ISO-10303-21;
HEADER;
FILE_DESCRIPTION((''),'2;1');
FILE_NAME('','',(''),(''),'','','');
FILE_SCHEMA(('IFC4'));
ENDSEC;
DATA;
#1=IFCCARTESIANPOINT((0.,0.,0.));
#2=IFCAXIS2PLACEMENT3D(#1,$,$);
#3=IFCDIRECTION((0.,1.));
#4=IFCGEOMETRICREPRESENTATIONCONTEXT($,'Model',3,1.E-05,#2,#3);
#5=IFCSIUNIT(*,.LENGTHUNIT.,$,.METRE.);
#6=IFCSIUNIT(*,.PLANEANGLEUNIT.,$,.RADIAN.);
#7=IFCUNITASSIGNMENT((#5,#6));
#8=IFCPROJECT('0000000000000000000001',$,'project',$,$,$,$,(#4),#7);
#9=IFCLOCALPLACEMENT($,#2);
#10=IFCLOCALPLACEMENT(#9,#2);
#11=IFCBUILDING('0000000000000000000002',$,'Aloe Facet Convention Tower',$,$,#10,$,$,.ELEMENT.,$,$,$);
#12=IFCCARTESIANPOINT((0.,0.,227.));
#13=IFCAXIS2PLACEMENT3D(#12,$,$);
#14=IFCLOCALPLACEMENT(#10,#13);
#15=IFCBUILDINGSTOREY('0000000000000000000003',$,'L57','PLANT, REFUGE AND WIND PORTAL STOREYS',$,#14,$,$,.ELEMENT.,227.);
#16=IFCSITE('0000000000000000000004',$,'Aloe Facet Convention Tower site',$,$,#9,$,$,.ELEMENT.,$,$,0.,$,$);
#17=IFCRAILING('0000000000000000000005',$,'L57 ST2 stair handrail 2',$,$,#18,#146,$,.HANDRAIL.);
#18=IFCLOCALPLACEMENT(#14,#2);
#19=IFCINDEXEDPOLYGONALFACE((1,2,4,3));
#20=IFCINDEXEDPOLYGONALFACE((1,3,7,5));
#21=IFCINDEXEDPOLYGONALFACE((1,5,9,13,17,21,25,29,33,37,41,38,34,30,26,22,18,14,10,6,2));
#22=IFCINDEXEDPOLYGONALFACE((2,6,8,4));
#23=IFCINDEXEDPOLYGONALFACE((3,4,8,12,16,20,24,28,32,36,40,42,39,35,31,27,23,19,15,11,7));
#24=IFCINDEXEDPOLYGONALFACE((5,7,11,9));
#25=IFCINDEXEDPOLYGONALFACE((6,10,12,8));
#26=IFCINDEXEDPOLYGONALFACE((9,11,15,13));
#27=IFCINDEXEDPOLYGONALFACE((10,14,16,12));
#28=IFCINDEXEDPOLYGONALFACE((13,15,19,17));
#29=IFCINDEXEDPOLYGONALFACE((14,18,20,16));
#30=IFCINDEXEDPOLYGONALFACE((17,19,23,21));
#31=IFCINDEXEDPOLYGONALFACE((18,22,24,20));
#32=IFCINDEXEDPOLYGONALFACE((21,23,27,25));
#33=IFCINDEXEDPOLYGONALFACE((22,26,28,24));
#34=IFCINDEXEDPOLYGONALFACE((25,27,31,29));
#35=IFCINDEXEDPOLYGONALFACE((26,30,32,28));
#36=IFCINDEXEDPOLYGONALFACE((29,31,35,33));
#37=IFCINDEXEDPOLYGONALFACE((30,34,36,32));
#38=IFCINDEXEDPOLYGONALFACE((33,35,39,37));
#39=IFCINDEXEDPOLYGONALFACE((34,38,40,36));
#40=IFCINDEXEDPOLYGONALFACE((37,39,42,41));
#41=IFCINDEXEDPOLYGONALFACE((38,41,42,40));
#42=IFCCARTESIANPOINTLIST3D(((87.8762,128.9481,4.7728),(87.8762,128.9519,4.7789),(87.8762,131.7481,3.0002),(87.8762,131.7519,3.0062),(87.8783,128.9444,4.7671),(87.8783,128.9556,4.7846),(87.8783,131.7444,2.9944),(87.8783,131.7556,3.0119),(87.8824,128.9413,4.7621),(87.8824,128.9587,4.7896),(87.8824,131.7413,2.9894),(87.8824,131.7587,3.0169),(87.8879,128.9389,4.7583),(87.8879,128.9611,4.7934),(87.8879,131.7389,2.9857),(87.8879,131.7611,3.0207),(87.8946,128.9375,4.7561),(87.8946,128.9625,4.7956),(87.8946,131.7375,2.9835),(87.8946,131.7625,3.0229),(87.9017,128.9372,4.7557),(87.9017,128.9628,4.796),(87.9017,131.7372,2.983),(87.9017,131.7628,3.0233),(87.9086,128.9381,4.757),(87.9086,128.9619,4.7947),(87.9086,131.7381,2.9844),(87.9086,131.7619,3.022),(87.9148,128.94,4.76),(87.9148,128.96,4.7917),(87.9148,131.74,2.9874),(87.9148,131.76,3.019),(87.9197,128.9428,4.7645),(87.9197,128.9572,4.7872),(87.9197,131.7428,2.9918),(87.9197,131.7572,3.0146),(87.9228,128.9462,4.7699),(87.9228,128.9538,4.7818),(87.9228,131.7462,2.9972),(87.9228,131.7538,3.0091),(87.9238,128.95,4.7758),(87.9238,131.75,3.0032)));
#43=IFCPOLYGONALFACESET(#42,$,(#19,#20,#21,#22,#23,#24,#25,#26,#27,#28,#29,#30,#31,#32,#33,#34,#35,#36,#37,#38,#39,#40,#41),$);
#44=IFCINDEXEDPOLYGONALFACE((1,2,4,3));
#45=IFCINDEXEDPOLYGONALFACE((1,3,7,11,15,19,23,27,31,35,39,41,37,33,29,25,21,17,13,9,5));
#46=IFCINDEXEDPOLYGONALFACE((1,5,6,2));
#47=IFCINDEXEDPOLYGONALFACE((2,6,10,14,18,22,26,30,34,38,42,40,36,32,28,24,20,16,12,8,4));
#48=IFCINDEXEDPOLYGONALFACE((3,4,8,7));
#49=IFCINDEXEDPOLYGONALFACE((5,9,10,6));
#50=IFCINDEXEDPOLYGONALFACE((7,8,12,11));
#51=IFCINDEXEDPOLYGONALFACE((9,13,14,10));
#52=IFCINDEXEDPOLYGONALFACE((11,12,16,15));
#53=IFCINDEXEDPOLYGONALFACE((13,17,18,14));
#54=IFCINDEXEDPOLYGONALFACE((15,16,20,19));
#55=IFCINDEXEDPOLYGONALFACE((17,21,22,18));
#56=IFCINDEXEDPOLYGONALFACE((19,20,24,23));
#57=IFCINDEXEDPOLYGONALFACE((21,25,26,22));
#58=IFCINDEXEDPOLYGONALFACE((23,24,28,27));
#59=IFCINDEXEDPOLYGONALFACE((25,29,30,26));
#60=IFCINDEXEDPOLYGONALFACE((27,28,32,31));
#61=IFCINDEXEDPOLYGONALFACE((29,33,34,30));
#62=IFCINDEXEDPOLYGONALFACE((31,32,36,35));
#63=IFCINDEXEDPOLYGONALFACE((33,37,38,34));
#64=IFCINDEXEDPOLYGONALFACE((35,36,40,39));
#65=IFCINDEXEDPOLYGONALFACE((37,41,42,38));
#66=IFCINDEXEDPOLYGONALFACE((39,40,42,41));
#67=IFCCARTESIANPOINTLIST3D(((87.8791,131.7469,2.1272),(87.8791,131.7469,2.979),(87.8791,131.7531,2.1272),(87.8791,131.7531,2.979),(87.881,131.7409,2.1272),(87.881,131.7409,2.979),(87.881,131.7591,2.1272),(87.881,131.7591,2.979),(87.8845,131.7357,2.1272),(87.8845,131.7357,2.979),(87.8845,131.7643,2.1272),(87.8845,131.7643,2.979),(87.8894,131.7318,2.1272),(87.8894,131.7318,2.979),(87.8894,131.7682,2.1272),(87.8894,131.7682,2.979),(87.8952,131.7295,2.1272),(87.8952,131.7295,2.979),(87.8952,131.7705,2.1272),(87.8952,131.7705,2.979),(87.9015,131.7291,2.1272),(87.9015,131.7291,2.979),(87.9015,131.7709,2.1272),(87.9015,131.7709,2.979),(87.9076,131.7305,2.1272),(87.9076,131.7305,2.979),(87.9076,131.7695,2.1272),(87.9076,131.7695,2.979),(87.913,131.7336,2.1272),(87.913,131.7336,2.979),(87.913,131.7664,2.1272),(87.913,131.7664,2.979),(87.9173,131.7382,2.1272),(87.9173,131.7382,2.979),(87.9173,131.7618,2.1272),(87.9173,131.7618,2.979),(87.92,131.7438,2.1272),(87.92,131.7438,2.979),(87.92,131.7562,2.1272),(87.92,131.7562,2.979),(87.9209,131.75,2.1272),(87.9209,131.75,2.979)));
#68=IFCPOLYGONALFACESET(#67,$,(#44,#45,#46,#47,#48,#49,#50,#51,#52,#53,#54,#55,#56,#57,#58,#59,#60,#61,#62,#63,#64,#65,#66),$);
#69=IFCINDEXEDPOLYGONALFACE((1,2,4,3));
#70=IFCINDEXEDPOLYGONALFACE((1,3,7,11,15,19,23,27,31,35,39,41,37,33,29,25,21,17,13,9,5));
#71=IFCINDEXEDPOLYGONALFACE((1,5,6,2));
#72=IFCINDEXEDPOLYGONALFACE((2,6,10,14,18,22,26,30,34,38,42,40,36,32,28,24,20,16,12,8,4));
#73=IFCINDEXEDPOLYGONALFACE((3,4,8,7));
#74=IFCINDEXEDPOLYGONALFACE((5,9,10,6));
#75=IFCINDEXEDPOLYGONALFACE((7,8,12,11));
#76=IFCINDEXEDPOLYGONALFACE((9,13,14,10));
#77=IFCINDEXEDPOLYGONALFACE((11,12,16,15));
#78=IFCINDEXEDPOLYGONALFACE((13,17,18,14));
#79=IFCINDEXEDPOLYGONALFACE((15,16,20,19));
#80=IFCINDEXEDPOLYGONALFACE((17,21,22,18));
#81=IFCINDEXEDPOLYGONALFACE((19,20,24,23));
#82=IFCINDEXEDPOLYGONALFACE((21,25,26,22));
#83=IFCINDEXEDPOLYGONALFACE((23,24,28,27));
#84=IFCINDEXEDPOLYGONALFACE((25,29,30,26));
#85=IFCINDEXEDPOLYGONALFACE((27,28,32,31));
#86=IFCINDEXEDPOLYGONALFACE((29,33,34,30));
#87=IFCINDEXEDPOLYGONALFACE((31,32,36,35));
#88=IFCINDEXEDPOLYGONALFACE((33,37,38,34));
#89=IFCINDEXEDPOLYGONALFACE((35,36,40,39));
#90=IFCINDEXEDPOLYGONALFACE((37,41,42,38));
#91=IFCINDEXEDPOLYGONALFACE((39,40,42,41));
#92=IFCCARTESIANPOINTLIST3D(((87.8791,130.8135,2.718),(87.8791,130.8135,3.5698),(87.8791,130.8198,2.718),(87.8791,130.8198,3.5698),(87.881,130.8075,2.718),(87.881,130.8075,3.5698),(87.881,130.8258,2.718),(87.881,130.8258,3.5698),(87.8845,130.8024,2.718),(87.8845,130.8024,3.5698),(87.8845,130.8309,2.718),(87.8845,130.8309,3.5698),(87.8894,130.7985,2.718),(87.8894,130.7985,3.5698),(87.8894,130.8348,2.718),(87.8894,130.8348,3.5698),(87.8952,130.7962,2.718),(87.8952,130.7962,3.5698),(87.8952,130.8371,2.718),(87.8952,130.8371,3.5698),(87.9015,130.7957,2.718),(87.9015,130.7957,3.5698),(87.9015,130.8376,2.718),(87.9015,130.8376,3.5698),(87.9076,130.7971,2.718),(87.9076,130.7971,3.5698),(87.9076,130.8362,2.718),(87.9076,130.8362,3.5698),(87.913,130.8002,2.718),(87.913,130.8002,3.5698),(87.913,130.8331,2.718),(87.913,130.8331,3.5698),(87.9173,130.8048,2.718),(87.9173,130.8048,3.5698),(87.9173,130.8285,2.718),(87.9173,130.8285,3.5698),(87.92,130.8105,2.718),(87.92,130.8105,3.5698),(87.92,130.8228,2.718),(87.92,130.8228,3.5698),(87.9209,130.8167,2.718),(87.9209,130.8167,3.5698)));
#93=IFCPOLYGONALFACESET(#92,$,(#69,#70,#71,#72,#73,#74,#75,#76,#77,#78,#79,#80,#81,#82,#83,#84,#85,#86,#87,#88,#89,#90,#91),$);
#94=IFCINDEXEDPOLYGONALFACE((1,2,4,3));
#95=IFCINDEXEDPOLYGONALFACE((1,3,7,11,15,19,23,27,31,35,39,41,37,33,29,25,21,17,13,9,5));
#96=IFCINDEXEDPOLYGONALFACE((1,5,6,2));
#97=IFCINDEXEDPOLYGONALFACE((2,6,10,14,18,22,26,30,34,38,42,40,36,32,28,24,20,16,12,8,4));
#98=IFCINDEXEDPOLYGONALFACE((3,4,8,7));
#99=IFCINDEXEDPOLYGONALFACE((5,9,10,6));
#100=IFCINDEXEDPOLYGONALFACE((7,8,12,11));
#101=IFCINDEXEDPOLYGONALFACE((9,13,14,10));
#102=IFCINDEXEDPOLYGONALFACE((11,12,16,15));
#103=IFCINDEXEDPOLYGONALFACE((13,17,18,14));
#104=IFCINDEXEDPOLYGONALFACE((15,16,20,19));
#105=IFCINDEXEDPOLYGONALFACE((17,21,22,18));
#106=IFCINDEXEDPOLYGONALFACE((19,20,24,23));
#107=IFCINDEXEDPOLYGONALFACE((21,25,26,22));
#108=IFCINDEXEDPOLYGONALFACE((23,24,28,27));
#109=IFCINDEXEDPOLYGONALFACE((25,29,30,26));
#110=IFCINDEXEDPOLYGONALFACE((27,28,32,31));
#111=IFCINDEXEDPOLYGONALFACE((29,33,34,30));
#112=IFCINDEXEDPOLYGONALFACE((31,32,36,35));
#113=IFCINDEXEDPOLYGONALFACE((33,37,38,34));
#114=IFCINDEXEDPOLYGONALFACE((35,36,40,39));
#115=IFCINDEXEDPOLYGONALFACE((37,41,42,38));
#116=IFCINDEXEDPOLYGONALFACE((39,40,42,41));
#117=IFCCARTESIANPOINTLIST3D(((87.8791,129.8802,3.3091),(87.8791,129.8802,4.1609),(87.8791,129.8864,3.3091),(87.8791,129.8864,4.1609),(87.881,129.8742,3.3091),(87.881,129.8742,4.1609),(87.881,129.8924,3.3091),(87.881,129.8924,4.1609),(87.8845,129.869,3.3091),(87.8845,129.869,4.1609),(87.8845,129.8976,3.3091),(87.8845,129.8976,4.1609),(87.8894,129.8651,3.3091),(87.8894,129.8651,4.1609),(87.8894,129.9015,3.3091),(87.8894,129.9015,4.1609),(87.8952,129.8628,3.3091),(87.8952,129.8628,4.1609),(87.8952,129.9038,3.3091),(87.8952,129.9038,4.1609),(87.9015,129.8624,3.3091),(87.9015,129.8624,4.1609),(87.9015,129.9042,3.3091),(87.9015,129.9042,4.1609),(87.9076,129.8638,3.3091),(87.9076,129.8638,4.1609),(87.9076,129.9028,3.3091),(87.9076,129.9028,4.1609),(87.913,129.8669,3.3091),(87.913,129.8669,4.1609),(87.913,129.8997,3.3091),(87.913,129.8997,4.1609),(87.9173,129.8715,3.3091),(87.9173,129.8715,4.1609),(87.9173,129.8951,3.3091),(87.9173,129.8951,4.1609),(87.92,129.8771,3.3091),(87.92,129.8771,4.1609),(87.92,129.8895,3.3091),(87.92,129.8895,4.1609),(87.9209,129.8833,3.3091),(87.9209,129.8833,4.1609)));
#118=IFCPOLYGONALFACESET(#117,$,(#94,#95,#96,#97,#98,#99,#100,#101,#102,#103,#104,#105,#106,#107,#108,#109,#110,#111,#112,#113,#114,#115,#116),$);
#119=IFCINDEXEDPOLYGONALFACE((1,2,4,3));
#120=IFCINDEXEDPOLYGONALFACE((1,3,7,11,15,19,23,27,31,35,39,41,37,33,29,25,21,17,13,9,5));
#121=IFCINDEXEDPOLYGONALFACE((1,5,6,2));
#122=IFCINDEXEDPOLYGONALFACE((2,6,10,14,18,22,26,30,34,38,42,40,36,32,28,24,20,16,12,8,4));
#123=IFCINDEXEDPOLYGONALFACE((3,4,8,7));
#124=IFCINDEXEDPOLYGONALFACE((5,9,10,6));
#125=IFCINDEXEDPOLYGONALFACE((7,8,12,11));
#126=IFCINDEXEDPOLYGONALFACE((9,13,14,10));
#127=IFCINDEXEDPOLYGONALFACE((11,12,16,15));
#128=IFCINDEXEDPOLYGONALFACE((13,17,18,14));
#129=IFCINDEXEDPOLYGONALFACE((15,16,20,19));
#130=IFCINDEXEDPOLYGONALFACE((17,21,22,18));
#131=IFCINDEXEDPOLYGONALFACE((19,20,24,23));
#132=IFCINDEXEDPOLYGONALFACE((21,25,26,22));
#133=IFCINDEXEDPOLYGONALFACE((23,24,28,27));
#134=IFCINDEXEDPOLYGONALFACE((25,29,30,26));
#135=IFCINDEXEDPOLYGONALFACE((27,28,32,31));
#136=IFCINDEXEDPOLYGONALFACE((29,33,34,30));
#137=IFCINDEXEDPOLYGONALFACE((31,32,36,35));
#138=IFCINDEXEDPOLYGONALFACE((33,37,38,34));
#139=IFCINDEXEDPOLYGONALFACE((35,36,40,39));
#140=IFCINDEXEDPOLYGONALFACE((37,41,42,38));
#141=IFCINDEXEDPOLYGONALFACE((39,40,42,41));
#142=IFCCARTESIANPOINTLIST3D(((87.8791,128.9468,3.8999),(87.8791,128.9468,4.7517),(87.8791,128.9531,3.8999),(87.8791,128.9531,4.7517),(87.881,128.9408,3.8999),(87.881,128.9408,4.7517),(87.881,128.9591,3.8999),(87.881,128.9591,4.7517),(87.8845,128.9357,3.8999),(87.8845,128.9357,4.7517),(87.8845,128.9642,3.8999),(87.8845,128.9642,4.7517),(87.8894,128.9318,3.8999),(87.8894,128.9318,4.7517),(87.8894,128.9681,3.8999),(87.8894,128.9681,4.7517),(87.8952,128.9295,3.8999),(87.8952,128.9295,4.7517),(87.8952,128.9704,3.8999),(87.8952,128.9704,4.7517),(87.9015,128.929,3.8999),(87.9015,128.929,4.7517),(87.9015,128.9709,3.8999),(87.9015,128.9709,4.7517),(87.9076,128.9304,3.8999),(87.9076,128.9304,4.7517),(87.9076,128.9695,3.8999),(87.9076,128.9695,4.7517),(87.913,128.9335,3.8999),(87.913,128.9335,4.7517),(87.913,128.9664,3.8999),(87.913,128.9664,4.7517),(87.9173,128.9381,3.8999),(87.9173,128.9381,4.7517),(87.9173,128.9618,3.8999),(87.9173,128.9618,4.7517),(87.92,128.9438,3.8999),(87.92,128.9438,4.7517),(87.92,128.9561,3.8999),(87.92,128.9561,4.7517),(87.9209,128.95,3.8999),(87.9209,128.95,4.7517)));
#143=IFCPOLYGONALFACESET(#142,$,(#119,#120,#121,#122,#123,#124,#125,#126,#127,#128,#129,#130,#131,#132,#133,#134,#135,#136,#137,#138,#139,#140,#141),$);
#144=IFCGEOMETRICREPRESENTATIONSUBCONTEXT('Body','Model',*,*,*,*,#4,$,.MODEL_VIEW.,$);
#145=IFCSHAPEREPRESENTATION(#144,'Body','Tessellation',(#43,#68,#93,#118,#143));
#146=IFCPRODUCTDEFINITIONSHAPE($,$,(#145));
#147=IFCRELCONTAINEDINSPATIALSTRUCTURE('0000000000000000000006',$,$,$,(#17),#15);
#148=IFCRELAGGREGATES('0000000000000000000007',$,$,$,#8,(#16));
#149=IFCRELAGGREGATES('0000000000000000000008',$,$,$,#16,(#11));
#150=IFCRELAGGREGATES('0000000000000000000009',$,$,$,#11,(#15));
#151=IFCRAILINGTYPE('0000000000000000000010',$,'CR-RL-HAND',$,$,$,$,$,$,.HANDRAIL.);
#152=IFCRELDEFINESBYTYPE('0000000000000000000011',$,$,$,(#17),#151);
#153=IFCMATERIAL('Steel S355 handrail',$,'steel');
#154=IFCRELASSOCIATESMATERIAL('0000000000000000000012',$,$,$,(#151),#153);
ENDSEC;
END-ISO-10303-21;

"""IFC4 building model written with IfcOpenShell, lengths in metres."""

from ifc_helpers import new_model, si_unit, direction, frame, origin, origin_2d, place, context, subcontext, project, spatial, circle, extrude, material, type_object, element, save


model = new_model("IFC4")

# Units and contexts
model_context = context("Model", 3, precision=1e-05, world=origin(), true_north=direction((0.0, 1.0)))
body_context = subcontext(model_context, "Body", "Model", "MODEL_VIEW")
ifc_project = project(units=[si_unit("LENGTHUNIT", "METRE"), si_unit("PLANEANGLEUNIT", "RADIAN")], contexts=[model_context])

# Site, building, storey
site_placement = place(None, origin())
site = spatial("IfcSite", under=ifc_project, at=site_placement, Name="Aloe Facet Convention Tower site", CompositionType="ELEMENT", RefElevation=0.0)
building_placement = place(site_placement, origin())
building = spatial("IfcBuilding", under=site, at=building_placement, Name="Aloe Facet Convention Tower", CompositionType="ELEMENT")
storey_placement = place(building_placement, frame((0.0, 0.0, 227.0)))
storey = spatial("IfcBuildingStorey", under=building, at=storey_placement, Name="L57", Description="PLANT, REFUGE AND WIND PORTAL STOREYS", CompositionType="ELEMENT", Elevation=227.0)

# Railing
ifc_material_1 = material(Name="Steel S355 handrail", Category="steel")
railing_type_1 = type_object("IfcRailingType", Name="CR-RL-HAND", PredefinedType="HANDRAIL", material=ifc_material_1)
for number, where, name in (
    (1, (87.8999, 131.75, 2.1272), "L57 ST2 stair handrail 2"),
):
    element("IfcRailing", number, at=place(storey_placement, frame(where)), inside=storey, type_object=railing_type_1, Name=name, PredefinedType="HANDRAIL", context=body_context, shape_type="SweptSolid", body=[
        extrude(circle(Radius=0.0239, at=origin_2d()), frame((0.0, 0.0, 0.876), z_axis=(0.0, -0.844909, 0.53491), x_axis=(1.0, 0.0, 0.0)), (0.0, 0.0, 1.0), 3.314),
        extrude(circle(Radius=0.021, at=origin_2d()), origin(), (0.0, 0.0, 1.0), 0.8518),
        extrude(circle(Radius=0.021, at=origin_2d()), frame((0.0, -0.9333, 0.5908)), (0.0, 0.0, 1.0), 0.8518),
        extrude(circle(Radius=0.021, at=origin_2d()), frame((0.0, -1.8667, 1.1819)), (0.0, 0.0, 1.0), 0.8518),
        extrude(circle(Radius=0.021, at=origin_2d()), frame((0.0, -2.8, 1.7727)), (0.0, 0.0, 1.0), 0.8518),
    ])

save(model, "model.ifc")
